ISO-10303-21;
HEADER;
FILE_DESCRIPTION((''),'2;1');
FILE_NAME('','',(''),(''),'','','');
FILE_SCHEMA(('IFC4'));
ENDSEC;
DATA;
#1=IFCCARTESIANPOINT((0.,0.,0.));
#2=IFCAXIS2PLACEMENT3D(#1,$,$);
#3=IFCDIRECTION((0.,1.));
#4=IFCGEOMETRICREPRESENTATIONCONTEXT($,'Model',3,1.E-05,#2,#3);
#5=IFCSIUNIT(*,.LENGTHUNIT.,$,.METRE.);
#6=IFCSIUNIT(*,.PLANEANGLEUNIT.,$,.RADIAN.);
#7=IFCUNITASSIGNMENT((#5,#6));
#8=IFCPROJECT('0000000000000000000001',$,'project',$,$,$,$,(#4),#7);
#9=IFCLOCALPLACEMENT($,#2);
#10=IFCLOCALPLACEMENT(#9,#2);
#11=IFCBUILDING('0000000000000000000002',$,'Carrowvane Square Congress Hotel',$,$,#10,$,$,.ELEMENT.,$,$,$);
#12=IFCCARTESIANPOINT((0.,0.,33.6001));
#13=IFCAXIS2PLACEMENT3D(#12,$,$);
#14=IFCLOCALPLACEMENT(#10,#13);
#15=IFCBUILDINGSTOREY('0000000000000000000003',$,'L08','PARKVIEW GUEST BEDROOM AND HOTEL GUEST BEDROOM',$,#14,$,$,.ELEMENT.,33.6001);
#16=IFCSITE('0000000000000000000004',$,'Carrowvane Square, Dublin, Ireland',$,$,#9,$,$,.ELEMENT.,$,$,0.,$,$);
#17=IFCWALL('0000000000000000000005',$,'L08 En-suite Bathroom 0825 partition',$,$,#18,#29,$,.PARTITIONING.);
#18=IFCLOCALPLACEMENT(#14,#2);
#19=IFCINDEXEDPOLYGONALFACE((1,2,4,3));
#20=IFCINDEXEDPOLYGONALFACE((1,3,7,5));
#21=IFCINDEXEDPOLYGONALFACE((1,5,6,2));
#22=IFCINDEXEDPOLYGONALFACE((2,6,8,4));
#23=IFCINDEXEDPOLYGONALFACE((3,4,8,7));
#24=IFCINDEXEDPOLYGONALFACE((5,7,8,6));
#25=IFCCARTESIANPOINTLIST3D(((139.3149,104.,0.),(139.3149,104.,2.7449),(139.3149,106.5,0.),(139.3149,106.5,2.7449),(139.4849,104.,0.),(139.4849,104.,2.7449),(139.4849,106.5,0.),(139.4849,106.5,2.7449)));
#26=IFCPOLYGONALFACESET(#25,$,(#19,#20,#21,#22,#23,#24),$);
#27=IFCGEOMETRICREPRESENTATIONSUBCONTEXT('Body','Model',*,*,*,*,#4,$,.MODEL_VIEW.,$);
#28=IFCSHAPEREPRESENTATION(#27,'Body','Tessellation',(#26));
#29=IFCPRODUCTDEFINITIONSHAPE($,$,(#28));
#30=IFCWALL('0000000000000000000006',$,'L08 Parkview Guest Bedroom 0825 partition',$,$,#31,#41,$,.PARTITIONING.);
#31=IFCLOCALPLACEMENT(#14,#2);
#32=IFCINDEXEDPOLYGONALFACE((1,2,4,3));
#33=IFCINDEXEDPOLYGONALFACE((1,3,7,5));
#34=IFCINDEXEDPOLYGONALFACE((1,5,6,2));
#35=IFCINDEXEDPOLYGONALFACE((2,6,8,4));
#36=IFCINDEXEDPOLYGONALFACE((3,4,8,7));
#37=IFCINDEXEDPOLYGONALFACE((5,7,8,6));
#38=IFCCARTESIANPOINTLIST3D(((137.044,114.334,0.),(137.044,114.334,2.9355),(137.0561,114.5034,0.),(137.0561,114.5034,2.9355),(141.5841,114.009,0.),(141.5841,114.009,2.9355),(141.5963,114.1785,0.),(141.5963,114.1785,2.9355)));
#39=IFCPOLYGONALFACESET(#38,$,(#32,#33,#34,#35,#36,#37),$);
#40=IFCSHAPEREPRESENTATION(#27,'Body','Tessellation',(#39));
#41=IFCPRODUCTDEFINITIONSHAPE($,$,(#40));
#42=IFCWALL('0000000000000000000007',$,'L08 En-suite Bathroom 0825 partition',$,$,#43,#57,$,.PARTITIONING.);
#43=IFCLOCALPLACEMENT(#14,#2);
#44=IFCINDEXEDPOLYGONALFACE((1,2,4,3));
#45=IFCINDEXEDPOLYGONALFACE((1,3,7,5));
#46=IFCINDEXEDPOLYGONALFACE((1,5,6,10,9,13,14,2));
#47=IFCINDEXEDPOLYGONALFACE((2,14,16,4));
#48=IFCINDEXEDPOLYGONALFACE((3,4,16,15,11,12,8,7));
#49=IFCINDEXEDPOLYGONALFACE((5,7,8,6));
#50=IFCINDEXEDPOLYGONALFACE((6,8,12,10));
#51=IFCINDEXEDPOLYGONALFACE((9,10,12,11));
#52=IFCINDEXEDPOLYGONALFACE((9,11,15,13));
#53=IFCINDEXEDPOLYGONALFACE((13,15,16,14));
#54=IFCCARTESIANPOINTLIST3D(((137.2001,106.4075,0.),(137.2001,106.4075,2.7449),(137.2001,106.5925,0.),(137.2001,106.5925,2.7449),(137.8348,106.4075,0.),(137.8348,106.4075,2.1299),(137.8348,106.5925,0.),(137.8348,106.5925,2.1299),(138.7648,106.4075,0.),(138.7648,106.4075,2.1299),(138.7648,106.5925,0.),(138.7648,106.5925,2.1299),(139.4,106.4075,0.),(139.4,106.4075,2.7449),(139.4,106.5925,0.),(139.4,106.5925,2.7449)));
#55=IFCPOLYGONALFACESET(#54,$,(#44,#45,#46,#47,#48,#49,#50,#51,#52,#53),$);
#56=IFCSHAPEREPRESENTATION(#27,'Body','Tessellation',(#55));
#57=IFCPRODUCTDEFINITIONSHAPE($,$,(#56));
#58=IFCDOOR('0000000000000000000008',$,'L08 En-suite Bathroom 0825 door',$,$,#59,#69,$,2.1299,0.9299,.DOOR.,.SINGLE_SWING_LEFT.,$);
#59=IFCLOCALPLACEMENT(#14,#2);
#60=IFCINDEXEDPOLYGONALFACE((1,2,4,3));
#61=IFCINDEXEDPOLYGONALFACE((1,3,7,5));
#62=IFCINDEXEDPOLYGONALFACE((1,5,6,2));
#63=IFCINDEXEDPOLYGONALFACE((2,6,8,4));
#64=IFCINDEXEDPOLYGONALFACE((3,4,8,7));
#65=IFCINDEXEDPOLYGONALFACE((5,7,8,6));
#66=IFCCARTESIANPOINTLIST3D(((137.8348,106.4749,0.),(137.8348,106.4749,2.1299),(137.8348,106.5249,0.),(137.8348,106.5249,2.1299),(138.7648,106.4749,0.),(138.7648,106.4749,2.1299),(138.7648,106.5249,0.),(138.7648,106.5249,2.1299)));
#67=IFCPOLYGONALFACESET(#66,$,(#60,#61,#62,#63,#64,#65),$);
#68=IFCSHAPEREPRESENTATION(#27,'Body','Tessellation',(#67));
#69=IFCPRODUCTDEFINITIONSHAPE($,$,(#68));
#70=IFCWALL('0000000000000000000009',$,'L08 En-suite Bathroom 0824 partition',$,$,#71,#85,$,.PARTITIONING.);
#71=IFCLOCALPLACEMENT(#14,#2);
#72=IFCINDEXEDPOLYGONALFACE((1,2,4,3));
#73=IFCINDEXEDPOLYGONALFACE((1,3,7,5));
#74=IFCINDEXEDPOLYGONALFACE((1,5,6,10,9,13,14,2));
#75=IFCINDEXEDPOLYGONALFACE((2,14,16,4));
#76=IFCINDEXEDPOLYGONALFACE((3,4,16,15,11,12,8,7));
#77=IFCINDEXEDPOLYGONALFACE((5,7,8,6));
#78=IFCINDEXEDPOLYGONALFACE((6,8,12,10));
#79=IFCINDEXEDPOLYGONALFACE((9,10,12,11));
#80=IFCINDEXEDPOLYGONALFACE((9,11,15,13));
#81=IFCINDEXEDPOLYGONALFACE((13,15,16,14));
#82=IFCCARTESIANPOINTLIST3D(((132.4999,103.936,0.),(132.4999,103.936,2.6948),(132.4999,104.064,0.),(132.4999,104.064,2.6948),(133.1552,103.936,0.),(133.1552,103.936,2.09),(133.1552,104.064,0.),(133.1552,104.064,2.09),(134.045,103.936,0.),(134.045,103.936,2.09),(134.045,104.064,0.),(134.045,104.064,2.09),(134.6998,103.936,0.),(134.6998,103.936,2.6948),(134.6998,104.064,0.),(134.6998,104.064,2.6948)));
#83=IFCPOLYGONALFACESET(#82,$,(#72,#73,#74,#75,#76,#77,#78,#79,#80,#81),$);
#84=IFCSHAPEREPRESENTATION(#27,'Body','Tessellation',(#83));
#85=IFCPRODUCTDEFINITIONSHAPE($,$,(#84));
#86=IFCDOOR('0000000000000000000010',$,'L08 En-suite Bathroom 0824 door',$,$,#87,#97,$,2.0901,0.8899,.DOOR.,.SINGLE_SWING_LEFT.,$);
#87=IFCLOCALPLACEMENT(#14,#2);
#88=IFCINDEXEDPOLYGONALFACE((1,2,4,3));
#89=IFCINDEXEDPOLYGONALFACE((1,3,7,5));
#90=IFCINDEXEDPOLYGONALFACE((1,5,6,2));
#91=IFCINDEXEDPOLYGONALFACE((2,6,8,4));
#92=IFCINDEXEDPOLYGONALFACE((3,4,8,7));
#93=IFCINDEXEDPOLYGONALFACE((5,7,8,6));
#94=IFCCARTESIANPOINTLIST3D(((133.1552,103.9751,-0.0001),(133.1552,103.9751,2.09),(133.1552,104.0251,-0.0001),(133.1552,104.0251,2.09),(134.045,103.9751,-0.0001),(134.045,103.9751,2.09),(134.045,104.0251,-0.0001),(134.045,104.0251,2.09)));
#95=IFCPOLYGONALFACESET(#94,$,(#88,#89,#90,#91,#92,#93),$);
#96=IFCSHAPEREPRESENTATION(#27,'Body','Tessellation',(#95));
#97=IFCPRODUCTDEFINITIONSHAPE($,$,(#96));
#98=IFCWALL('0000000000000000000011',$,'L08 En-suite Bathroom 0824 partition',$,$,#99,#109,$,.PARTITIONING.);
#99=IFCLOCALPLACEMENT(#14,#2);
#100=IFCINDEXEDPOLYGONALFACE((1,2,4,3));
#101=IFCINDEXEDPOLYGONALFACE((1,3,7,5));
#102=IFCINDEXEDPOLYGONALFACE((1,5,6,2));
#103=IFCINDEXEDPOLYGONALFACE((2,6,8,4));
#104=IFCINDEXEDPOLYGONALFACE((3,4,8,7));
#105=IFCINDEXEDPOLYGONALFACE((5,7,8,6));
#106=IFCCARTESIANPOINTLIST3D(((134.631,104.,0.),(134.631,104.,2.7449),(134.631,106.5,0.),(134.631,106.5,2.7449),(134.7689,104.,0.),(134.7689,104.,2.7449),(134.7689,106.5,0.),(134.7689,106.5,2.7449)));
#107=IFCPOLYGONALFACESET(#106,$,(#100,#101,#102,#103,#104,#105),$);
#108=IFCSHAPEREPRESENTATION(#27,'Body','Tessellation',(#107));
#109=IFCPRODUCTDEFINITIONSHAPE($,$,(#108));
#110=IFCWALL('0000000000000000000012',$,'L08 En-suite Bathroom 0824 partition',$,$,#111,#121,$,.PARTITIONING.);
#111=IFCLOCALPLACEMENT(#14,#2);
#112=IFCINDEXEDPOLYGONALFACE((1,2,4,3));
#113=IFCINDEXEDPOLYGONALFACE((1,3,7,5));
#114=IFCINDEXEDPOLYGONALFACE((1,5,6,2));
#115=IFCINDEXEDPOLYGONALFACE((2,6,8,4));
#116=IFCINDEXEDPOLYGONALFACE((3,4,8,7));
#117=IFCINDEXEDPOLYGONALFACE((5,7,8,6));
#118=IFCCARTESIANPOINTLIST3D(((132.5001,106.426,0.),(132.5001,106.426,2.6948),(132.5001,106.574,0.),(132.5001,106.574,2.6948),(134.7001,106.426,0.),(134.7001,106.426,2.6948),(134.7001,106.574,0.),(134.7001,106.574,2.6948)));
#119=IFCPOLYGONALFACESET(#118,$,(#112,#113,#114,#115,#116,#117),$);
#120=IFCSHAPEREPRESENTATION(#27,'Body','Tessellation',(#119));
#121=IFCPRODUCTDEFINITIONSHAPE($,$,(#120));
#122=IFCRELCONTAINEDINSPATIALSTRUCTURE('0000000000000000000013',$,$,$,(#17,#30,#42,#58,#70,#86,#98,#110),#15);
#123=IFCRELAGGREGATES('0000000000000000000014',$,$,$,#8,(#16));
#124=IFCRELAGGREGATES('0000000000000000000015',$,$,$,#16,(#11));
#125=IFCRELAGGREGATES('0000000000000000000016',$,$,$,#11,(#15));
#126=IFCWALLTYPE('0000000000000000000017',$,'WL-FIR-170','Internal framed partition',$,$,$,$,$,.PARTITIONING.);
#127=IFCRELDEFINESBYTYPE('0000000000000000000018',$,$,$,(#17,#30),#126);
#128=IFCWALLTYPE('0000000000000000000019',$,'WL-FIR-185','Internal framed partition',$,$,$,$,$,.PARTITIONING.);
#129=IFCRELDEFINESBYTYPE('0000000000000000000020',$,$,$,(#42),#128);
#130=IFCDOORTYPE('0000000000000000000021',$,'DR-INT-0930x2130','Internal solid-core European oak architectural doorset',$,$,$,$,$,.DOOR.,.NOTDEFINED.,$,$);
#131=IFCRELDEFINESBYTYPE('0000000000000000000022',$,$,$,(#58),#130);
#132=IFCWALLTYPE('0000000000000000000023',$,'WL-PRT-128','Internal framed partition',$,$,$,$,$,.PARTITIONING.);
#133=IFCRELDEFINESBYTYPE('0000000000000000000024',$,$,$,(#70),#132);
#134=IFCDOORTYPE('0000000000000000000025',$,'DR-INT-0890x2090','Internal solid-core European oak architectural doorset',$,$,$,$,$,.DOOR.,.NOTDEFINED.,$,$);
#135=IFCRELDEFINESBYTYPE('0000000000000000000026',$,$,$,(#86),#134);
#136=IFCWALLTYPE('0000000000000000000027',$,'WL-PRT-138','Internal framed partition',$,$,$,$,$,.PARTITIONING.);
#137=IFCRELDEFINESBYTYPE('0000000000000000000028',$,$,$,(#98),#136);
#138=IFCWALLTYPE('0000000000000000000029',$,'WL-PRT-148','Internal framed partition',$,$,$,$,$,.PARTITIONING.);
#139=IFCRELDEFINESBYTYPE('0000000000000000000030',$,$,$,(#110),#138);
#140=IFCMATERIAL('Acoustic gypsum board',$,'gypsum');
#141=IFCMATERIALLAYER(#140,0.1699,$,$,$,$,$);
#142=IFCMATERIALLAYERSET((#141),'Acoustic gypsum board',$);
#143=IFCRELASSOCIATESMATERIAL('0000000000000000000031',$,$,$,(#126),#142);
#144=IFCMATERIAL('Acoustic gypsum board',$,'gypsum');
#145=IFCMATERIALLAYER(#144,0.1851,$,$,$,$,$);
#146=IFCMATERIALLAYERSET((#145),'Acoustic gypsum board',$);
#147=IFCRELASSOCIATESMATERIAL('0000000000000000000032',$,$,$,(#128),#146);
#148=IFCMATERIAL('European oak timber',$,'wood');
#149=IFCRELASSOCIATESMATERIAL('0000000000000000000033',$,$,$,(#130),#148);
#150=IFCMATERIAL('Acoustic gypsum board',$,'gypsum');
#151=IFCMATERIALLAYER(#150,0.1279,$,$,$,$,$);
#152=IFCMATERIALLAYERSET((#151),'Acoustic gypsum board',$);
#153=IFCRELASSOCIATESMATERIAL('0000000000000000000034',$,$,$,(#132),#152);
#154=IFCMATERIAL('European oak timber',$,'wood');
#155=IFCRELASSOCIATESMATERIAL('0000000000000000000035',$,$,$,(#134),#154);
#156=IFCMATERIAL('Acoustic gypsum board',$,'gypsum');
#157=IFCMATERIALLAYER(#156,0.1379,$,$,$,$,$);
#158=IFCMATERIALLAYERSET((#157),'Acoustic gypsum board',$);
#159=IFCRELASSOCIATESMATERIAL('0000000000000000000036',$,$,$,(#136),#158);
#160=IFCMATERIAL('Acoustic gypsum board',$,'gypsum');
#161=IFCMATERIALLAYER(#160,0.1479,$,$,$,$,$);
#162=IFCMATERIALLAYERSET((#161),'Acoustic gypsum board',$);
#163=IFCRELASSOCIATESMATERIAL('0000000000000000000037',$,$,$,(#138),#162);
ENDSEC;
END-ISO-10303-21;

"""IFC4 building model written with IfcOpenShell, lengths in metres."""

from ifc_helpers import new_model, si_unit, direction, frame, frame_2d, origin, place, context, subcontext, project, spatial, rectangle, extrude, material, layer, layer_set, type_object, element, fill, save


model = new_model("IFC4")

# Units and contexts
model_context = context("Model", 3, precision=1e-05, world=origin(), true_north=direction((0.0, 1.0)))
body_context = subcontext(model_context, "Body", "Model", "MODEL_VIEW")
ifc_project = project(units=[si_unit("LENGTHUNIT", "METRE"), si_unit("PLANEANGLEUNIT", "RADIAN")], contexts=[model_context])

# Site, building, storey
site_placement = place(None, origin())
site = spatial("IfcSite", under=ifc_project, at=site_placement, Name="Carrowvane Square, Dublin, Ireland", CompositionType="ELEMENT", RefElevation=0.0)
building_placement = place(site_placement, origin())
building = spatial("IfcBuilding", under=site, at=building_placement, Name="Carrowvane Square Congress Hotel", CompositionType="ELEMENT")
storey_placement = place(building_placement, frame((0.0, 0.0, 33.6001)))
storey = spatial("IfcBuildingStorey", under=building, at=storey_placement, Name="L08", Description="PARKVIEW GUEST BEDROOM AND HOTEL GUEST BEDROOM", CompositionType="ELEMENT", Elevation=33.6001)

# Shared definitions
ifc_material_1 = material(Name="Acoustic gypsum board", Category="gypsum")
ifc_layer_1 = layer(ifc_material_1, 0.1699)
ifc_layer_set_1 = layer_set([ifc_layer_1], Name="Acoustic gypsum board")
wall_type_1 = type_object("IfcWallType", Name="WL-FIR-170", Description="Internal framed partition", PredefinedType="PARTITIONING", material=ifc_layer_set_1)

# Walls
wall_1_placement = place(storey_placement, frame((139.3999, 106.5, 0.0), z_axis=(0.0, 0.0, 1.0), x_axis=(0.0, -1.0, 0.0)))
element("IfcWall", 1, at=wall_1_placement, inside=storey, type_object=wall_type_1, Name="L08 En-suite Bathroom 0825 partition", PredefinedType="PARTITIONING", context=body_context, shape_type="SweptSolid", body=[
    extrude(rectangle(XDim=2.5, YDim=0.1699, at=frame_2d((1.25, 0.0))), origin(), (0.0, 0.0, 1.0), 2.7449),
])
wall_2_placement = place(storey_placement, frame((137.05, 114.4187, 0.0), z_axis=(0.0, 0.0, 1.0), x_axis=(0.997448, -0.071392, 0.0)))
element("IfcWall", 2, at=wall_2_placement, inside=storey, type_object=wall_type_1, Name="L08 Parkview Guest Bedroom 0825 partition", PredefinedType="PARTITIONING", context=body_context, shape_type="SweptSolid", body=[
    extrude(rectangle(XDim=4.5518, YDim=0.1699, at=frame_2d((2.2759, 0.0))), origin(), (0.0, 0.0, 1.0), 2.9355),
])

# Walls, openings, doors
ifc_material_2 = material(Name="Acoustic gypsum board", Category="gypsum")
ifc_layer_2 = layer(ifc_material_2, 0.1851)
ifc_layer_set_2 = layer_set([ifc_layer_2], Name="Acoustic gypsum board")
wall_type_2 = type_object("IfcWallType", Name="WL-FIR-185", Description="Internal framed partition", PredefinedType="PARTITIONING", material=ifc_layer_set_2)
wall_3_placement = place(storey_placement, frame((137.2, 106.5, 0.0), z_axis=(0.0, 0.0, 1.0), x_axis=(1.0, 0.0, 0.0)))
wall_3 = element("IfcWall", 3, at=wall_3_placement, inside=storey, type_object=wall_type_2, Name="L08 En-suite Bathroom 0825 partition", PredefinedType="PARTITIONING", context=body_context, shape_type="SweptSolid", body=[
    extrude(rectangle(XDim=2.2, YDim=0.1851, at=frame_2d((1.1001, 0.0))), origin(), (0.0, 0.0, 1.0), 2.7449),
])
opening_1_placement = place(wall_3_placement, frame((0.635, 0.0, 0.0)))
opening_1 = element("IfcOpeningElement", 4, at=opening_1_placement, cuts=wall_3, PredefinedType="OPENING", context=body_context, shape_type="SweptSolid", body=[
    extrude(rectangle(XDim=0.9299, YDim=2.1299, at=frame_2d((0.4648, 1.0649))), frame((0.0, 0.1025, 0.0), z_axis=(0.0, -1.0, 0.0), x_axis=(1.0, 0.0, 0.0)), (0.0, 0.0, 1.0), 0.2051),
])
ifc_material_3 = material(Name="European oak timber", Category="wood")
door_type_1 = type_object("IfcDoorType", Name="DR-INT-0930x2130", Description="Internal solid-core European oak architectural doorset", OperationType="NOTDEFINED", PredefinedType="DOOR", material=ifc_material_3)
door_1_placement = place(opening_1_placement, origin())
door_1 = element("IfcDoor", 5, at=door_1_placement, inside=storey, type_object=door_type_1, Name="L08 En-suite Bathroom 0825 door", OperationType="SINGLE_SWING_LEFT", OverallHeight=2.1299, OverallWidth=0.9299, PredefinedType="DOOR", context=body_context, shape_type="SweptSolid", body=[
    extrude(rectangle(XDim=0.9299, YDim=2.1299, at=frame_2d((0.4648, 1.0649))), frame((0.0, 0.0249, 0.0), z_axis=(0.0, -1.0, 0.0), x_axis=(1.0, 0.0, 0.0)), (0.0, 0.0, 1.0), 0.05),
])
fill(opening_1, door_1)
ifc_material_4 = material(Name="Acoustic gypsum board", Category="gypsum")
ifc_layer_3 = layer(ifc_material_4, 0.1279)
ifc_layer_set_3 = layer_set([ifc_layer_3], Name="Acoustic gypsum board")
wall_type_3 = type_object("IfcWallType", Name="WL-PRT-128", Description="Internal framed partition", PredefinedType="PARTITIONING", material=ifc_layer_set_3)
wall_4_placement = place(storey_placement, frame((134.7, 104.0, 0.0), z_axis=(0.0, 0.0, 1.0), x_axis=(-1.0, 0.0, 0.0)))
wall_4 = element("IfcWall", 6, at=wall_4_placement, inside=storey, type_object=wall_type_3, Name="L08 En-suite Bathroom 0824 partition", PredefinedType="PARTITIONING", context=body_context, shape_type="SweptSolid", body=[
    extrude(rectangle(XDim=2.2, YDim=0.1279, at=frame_2d((1.1001, 0.0))), origin(), (0.0, 0.0, 1.0), 2.6948),
])
opening_2_placement = place(wall_4_placement, frame((0.655, 0.0, 0.0)))
opening_2 = element("IfcOpeningElement", 7, at=opening_2_placement, cuts=wall_4, PredefinedType="OPENING", context=body_context, shape_type="SweptSolid", body=[
    extrude(rectangle(XDim=0.8899, YDim=2.0901, at=frame_2d((0.4448, 1.0449))), frame((0.0, 0.074, 0.0), z_axis=(0.0, -1.0, 0.0), x_axis=(1.0, 0.0, 0.0)), (0.0, 0.0, 1.0), 0.1479),
])
ifc_material_5 = material(Name="European oak timber", Category="wood")
door_type_2 = type_object("IfcDoorType", Name="DR-INT-0890x2090", Description="Internal solid-core European oak architectural doorset", OperationType="NOTDEFINED", PredefinedType="DOOR", material=ifc_material_5)
door_2_placement = place(opening_2_placement, origin())
door_2 = element("IfcDoor", 8, at=door_2_placement, inside=storey, type_object=door_type_2, Name="L08 En-suite Bathroom 0824 door", OperationType="SINGLE_SWING_LEFT", OverallHeight=2.0901, OverallWidth=0.8899, PredefinedType="DOOR", context=body_context, shape_type="SweptSolid", body=[
    extrude(rectangle(XDim=0.8899, YDim=2.0901, at=frame_2d((0.4448, 1.0449))), frame((0.0, 0.0249, 0.0), z_axis=(0.0, -1.0, 0.0), x_axis=(1.0, 0.0, 0.0)), (0.0, 0.0, 1.0), 0.05),
])
fill(opening_2, door_2)

# Walls
ifc_material_6 = material(Name="Acoustic gypsum board", Category="gypsum")
ifc_layer_4 = layer(ifc_material_6, 0.1379)
ifc_layer_set_4 = layer_set([ifc_layer_4], Name="Acoustic gypsum board")
wall_type_4 = type_object("IfcWallType", Name="WL-PRT-138", Description="Internal framed partition", PredefinedType="PARTITIONING", material=ifc_layer_set_4)
wall_5_placement = place(storey_placement, frame((134.7, 106.5, 0.0), z_axis=(0.0, 0.0, 1.0), x_axis=(0.0, -1.0, 0.0)))
element("IfcWall", 9, at=wall_5_placement, inside=storey, type_object=wall_type_4, Name="L08 En-suite Bathroom 0824 partition", PredefinedType="PARTITIONING", context=body_context, shape_type="SweptSolid", body=[
    extrude(rectangle(XDim=2.5, YDim=0.1379, at=frame_2d((1.25, 0.0))), origin(), (0.0, 0.0, 1.0), 2.7449),
])
ifc_material_7 = material(Name="Acoustic gypsum board", Category="gypsum")
ifc_layer_5 = layer(ifc_material_7, 0.1479)
ifc_layer_set_5 = layer_set([ifc_layer_5], Name="Acoustic gypsum board")
wall_type_5 = type_object("IfcWallType", Name="WL-PRT-148", Description="Internal framed partition", PredefinedType="PARTITIONING", material=ifc_layer_set_5)
wall_6_placement = place(storey_placement, frame((132.5, 106.5, 0.0), z_axis=(0.0, 0.0, 1.0), x_axis=(1.0, 0.0, 0.0)))
element("IfcWall", 10, at=wall_6_placement, inside=storey, type_object=wall_type_5, Name="L08 En-suite Bathroom 0824 partition", PredefinedType="PARTITIONING", context=body_context, shape_type="SweptSolid", body=[
    extrude(rectangle(XDim=2.2, YDim=0.1479, at=frame_2d((1.1001, 0.0))), origin(), (0.0, 0.0, 1.0), 2.6948),
])

save(model, "model.ifc")
